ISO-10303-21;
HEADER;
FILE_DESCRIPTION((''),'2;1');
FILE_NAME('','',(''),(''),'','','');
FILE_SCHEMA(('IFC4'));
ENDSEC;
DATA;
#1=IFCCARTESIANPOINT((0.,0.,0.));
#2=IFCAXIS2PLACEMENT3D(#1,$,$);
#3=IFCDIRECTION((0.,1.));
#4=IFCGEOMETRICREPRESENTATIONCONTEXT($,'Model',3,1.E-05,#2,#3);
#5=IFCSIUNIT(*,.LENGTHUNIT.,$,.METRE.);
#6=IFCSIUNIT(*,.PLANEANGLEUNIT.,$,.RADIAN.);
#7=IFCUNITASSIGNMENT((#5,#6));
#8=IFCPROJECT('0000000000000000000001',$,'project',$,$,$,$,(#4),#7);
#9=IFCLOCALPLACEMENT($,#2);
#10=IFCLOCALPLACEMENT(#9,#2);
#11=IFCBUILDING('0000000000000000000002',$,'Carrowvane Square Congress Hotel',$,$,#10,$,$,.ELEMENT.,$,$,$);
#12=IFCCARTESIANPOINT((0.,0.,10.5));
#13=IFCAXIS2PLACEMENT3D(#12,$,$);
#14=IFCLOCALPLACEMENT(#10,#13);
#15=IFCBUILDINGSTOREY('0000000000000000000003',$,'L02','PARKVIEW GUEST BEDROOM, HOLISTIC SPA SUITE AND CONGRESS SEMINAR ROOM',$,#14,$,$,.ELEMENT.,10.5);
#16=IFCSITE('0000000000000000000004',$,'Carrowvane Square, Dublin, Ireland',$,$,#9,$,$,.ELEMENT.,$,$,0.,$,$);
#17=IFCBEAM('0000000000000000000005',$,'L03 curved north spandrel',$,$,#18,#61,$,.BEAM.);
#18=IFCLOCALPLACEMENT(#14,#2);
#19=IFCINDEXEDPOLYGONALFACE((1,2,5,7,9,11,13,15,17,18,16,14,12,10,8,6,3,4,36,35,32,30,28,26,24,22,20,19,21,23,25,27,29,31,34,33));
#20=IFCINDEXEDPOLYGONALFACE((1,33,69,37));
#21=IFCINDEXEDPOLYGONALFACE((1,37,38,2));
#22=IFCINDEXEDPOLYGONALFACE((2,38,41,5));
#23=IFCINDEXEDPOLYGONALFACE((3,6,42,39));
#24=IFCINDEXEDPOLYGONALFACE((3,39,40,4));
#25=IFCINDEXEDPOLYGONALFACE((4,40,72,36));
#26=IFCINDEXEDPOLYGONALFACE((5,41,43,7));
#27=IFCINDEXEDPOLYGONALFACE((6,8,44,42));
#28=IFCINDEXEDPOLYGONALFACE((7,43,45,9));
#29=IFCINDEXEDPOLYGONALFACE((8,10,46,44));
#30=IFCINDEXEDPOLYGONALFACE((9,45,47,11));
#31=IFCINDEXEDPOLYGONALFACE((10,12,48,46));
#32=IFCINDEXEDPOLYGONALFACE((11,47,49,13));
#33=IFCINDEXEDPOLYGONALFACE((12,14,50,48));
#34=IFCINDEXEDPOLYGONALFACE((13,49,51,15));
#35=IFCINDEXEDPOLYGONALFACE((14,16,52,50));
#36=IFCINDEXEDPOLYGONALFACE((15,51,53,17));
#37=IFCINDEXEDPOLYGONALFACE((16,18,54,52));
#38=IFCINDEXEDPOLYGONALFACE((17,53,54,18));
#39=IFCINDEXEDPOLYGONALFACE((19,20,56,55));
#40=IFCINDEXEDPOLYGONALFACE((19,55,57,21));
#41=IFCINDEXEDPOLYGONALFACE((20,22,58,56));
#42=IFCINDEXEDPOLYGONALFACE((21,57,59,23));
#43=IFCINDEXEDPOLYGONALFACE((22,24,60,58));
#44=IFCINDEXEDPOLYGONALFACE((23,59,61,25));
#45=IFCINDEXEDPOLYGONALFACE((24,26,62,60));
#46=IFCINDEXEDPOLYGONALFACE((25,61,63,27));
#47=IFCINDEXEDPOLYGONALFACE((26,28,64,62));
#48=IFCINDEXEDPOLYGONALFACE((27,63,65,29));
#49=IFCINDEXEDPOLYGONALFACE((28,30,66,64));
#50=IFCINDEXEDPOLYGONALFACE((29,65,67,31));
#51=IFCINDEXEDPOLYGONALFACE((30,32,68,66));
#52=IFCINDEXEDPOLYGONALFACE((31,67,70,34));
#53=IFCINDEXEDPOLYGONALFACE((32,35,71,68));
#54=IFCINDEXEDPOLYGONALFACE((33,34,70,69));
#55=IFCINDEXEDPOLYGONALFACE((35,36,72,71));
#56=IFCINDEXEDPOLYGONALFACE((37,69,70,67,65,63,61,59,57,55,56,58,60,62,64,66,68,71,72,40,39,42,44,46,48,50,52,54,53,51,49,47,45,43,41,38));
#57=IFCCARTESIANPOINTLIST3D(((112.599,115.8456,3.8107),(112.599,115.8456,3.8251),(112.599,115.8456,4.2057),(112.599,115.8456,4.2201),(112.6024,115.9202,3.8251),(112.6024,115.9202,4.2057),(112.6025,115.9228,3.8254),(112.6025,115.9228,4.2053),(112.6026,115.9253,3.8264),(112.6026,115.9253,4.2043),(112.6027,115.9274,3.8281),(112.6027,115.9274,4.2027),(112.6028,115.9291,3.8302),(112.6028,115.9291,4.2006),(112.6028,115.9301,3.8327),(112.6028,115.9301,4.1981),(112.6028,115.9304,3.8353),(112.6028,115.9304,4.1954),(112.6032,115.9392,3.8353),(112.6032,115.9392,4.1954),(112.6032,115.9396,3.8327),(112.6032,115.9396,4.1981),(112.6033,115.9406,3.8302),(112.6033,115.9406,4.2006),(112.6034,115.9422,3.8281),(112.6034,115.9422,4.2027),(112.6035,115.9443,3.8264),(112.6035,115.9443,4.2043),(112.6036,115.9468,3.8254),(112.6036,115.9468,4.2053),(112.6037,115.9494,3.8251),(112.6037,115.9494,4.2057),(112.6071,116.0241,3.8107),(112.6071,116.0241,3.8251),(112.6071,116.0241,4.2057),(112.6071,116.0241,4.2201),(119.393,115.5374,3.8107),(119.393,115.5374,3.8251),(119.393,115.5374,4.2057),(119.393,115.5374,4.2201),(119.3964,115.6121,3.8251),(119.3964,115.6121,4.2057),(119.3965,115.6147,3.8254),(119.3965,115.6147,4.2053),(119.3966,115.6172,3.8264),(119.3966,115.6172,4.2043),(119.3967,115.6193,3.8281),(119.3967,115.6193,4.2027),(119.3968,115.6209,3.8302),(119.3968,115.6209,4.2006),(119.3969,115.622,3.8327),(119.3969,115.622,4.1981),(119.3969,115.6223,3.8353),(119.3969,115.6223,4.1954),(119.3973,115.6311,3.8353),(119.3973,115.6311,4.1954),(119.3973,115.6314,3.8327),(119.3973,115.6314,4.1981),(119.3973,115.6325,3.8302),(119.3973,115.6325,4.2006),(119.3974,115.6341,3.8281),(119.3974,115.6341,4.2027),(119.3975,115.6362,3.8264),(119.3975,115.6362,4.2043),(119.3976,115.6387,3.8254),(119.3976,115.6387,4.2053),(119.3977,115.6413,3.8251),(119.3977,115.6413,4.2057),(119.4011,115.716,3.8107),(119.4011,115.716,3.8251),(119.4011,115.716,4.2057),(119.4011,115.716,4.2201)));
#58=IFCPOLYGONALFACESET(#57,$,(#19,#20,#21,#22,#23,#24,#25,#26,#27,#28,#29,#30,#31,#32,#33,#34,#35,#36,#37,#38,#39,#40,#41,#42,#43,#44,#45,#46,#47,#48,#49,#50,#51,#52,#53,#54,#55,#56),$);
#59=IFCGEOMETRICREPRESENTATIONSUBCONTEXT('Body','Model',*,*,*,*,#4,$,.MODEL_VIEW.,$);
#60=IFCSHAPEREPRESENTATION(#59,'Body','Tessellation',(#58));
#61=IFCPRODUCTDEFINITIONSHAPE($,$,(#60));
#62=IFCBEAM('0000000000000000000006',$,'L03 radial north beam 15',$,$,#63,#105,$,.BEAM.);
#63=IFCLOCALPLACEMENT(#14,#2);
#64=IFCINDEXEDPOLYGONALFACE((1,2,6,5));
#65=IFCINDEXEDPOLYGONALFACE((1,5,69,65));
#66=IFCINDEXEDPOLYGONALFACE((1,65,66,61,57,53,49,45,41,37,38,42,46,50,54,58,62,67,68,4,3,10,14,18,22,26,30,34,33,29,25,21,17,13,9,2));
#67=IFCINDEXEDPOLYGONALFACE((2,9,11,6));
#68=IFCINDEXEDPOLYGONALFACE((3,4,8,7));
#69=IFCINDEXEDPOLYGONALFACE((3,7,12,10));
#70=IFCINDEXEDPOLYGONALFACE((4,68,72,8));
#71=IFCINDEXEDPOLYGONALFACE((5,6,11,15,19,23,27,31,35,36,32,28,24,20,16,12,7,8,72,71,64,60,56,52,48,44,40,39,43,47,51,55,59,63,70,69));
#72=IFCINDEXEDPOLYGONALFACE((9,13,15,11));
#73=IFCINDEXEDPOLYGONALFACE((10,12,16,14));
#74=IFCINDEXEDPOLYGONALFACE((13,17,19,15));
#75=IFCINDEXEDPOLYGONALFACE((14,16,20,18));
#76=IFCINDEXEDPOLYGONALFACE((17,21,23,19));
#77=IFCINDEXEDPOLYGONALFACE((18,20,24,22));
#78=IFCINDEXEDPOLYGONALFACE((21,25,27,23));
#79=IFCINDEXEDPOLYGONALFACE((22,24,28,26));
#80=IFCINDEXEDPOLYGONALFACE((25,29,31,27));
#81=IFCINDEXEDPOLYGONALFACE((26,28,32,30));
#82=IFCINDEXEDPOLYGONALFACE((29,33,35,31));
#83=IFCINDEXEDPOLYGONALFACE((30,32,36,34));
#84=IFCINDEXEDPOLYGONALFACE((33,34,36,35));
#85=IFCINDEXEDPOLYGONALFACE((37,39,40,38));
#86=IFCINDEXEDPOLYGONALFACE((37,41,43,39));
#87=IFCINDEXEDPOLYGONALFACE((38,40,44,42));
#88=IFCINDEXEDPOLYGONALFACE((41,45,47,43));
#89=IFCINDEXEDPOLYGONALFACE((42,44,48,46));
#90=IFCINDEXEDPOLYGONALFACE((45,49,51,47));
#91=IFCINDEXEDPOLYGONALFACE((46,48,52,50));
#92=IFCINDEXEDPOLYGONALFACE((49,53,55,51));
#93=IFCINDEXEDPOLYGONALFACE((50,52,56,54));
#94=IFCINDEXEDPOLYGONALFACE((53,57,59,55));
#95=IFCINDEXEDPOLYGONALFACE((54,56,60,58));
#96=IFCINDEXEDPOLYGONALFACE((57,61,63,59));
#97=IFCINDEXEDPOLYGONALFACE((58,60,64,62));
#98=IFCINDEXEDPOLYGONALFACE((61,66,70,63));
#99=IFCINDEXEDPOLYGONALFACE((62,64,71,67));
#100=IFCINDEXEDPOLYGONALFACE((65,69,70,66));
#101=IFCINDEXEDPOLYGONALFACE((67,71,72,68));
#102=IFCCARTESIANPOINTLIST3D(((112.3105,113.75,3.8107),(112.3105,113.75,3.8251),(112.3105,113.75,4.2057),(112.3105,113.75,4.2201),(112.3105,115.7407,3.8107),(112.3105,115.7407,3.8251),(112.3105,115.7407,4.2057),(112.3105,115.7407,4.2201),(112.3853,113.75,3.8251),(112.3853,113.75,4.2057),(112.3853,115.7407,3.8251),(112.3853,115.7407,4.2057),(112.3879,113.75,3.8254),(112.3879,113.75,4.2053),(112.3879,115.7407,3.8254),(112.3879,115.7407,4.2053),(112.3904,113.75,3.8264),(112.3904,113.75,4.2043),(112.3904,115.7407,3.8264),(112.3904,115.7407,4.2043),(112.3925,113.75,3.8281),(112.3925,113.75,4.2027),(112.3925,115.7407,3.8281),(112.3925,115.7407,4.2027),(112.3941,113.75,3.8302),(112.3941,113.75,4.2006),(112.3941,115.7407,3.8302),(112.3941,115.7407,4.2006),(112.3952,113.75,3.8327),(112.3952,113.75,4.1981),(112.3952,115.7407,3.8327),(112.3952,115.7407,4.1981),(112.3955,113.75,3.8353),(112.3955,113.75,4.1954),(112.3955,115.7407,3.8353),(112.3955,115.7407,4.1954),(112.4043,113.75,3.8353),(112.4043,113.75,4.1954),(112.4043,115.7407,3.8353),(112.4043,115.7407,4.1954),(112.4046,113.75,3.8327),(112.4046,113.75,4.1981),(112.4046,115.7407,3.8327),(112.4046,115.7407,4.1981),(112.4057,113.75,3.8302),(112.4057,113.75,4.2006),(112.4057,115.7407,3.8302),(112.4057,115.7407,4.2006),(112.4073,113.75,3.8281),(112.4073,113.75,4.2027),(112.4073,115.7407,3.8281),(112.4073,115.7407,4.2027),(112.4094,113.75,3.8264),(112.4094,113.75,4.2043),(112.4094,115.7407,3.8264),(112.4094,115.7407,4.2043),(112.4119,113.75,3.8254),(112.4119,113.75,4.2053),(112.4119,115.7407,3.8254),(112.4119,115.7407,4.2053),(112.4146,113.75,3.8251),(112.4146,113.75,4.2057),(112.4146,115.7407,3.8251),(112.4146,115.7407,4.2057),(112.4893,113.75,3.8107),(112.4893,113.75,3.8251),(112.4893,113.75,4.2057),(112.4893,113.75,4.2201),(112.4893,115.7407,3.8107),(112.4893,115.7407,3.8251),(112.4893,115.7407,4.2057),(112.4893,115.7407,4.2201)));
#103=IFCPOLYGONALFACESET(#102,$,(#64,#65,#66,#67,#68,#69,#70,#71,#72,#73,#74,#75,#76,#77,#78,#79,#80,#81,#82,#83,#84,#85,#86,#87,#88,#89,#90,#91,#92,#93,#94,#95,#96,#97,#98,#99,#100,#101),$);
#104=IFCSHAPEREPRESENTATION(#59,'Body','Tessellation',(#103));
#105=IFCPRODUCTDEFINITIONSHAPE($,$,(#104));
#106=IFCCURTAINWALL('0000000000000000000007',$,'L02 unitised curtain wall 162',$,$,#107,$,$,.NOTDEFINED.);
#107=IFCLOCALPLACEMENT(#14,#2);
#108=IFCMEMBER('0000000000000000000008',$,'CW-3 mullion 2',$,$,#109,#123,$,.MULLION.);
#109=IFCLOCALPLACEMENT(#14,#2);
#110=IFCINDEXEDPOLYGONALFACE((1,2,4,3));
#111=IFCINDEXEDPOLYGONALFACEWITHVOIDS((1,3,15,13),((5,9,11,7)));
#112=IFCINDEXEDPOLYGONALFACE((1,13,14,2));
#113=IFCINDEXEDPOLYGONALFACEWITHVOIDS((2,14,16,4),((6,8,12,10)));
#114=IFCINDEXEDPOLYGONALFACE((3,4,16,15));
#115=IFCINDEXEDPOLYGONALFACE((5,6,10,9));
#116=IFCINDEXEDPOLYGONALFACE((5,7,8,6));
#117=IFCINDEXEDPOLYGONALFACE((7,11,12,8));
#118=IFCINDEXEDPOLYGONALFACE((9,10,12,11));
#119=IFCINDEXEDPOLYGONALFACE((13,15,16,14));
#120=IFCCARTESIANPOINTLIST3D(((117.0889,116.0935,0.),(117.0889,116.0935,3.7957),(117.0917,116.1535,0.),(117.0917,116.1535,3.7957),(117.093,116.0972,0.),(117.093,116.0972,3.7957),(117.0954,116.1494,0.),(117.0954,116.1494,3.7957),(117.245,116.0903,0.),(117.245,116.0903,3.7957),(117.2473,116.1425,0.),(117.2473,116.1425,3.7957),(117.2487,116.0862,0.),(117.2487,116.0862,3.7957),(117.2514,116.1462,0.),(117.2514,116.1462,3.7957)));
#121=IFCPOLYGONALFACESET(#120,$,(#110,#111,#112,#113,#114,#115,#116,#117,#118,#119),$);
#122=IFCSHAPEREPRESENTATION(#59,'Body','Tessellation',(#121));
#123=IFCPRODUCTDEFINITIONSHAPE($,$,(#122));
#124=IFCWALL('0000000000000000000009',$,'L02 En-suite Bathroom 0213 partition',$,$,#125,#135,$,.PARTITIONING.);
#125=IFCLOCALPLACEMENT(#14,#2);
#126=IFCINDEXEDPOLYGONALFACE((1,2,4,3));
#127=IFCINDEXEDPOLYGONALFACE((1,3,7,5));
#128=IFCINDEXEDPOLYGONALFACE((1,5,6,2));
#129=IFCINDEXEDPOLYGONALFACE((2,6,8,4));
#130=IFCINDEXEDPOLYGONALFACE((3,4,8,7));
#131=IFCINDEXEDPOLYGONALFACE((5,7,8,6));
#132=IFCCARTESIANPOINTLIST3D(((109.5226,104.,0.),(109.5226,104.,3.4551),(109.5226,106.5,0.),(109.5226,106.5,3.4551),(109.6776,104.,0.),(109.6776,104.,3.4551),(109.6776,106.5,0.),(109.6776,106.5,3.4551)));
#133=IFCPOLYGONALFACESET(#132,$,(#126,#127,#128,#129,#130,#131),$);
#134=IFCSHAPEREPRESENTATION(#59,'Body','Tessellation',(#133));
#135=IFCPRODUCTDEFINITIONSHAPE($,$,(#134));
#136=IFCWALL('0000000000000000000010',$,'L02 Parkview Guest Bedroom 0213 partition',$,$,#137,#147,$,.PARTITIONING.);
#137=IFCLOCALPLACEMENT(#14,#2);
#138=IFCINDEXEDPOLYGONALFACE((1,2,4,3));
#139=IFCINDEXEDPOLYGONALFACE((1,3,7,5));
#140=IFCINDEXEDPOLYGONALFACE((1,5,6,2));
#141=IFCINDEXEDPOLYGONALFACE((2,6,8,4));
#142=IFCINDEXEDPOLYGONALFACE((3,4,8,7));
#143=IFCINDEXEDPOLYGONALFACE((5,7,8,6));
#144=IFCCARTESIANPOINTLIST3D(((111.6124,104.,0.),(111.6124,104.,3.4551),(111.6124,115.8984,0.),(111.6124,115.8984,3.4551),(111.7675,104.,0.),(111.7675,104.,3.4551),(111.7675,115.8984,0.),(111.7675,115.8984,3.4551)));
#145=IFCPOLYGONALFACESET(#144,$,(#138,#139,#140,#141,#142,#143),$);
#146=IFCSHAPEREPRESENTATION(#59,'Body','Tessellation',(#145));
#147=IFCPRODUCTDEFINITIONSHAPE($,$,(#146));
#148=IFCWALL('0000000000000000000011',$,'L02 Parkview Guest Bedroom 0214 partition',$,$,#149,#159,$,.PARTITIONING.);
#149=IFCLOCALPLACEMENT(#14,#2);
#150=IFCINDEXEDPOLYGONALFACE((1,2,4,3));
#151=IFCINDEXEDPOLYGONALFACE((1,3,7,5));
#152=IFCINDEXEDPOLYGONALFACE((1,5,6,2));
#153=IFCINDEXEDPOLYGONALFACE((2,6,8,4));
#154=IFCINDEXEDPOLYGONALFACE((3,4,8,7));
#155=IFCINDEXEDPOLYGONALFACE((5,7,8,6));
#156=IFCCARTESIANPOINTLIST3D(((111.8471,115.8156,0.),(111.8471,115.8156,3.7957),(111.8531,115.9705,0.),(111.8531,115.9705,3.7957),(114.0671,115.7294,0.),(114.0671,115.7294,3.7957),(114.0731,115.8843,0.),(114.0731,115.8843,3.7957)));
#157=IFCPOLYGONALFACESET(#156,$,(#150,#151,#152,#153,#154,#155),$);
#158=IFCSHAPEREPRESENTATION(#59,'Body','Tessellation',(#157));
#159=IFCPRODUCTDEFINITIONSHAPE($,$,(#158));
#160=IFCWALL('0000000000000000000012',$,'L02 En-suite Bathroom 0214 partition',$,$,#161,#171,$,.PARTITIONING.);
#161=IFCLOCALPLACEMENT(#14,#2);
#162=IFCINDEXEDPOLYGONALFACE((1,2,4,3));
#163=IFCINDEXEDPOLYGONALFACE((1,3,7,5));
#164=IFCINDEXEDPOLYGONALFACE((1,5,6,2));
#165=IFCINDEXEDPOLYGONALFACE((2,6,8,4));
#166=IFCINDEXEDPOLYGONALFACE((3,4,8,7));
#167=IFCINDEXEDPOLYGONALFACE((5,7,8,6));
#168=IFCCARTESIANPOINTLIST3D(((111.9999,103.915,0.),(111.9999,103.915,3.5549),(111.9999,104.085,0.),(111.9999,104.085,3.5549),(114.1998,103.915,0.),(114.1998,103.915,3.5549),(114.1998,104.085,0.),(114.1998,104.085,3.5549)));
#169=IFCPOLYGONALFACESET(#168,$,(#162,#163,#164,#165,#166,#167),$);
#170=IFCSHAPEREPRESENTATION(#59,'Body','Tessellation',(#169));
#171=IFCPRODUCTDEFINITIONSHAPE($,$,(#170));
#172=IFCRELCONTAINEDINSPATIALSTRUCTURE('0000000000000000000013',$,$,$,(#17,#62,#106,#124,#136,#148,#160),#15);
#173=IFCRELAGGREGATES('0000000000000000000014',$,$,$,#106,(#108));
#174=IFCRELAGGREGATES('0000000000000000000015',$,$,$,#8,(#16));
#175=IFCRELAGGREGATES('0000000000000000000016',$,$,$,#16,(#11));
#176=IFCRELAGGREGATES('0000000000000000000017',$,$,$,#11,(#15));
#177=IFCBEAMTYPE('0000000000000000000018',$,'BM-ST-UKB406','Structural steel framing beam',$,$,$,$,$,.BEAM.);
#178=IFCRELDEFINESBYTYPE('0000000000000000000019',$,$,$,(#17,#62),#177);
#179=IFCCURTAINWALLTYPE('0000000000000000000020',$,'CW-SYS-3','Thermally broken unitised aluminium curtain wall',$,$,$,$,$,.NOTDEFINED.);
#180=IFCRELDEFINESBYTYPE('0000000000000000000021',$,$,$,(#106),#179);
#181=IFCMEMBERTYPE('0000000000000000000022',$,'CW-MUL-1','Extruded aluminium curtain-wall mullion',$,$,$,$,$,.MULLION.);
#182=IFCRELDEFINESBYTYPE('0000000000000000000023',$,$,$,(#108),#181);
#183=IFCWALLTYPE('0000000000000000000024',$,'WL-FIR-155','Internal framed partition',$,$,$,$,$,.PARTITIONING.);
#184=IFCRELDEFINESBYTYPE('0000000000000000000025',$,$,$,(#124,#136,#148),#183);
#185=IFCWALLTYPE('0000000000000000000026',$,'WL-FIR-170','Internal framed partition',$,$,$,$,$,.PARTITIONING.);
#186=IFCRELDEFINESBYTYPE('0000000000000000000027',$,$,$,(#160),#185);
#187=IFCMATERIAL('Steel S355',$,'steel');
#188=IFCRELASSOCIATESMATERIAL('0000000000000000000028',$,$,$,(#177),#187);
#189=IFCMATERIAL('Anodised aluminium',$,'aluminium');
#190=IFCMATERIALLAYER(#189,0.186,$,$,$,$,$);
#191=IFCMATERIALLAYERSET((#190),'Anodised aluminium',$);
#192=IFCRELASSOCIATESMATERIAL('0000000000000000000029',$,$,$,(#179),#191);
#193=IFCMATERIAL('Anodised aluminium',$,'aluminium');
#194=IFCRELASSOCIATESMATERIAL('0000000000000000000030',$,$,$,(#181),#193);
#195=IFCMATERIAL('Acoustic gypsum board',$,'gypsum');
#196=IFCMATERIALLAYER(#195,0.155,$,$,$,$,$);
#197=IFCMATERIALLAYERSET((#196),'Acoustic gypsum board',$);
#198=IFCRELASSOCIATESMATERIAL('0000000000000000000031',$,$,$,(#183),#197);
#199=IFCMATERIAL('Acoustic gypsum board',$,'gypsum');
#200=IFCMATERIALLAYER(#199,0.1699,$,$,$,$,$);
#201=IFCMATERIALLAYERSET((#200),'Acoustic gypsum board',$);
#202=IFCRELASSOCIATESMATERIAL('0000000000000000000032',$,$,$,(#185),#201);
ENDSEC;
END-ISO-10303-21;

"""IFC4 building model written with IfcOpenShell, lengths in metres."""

from ifc_helpers import new_model, si_unit, direction, frame, frame_2d, origin, origin_2d, place, context, subcontext, project, spatial, rectangle, hollow_rectangle, i_section, extrude, material, layer, layer_set, material_profile, profile_set, type_object, element, aggregate, save


model = new_model("IFC4")

# Units and contexts
model_context = context("Model", 3, precision=1e-05, world=origin(), true_north=direction((0.0, 1.0)))
body_context = subcontext(model_context, "Body", "Model", "MODEL_VIEW")
ifc_project = project(units=[si_unit("LENGTHUNIT", "METRE"), si_unit("PLANEANGLEUNIT", "RADIAN")], contexts=[model_context])

# Site, building, storey
site_placement = place(None, origin())
site = spatial("IfcSite", under=ifc_project, at=site_placement, Name="Carrowvane Square, Dublin, Ireland", CompositionType="ELEMENT", RefElevation=0.0)
building_placement = place(site_placement, origin())
building = spatial("IfcBuilding", under=site, at=building_placement, Name="Carrowvane Square Congress Hotel", CompositionType="ELEMENT")
storey_placement = place(building_placement, frame((0.0, 0.0, 10.5)))
storey = spatial("IfcBuildingStorey", under=building, at=storey_placement, Name="L02", Description="PARKVIEW GUEST BEDROOM, HOLISTIC SPA SUITE AND CONGRESS SEMINAR ROOM", CompositionType="ELEMENT", Elevation=10.5)

# Beams
ifc_material_1 = material(Name="Steel S355", Category="steel")
ifc_material_profile_1 = material_profile(ifc_material_1, i_section(OverallWidth=0.1787, OverallDepth=0.4094, WebThickness=0.0088, FlangeThickness=0.0144, FilletRadius=0.0103, at=origin_2d()), Name="UKB 406x178x67")
ifc_profile_set_1 = profile_set([ifc_material_profile_1], Name="Steel S355")
beam_type_1 = type_object("IfcBeamType", Name="BM-ST-UKB406", Description="Structural steel framing beam", PredefinedType="BEAM", material=ifc_profile_set_1)
beam_1_placement = place(storey_placement, frame((112.603, 115.9348, 4.0154), z_axis=(0.998973, -0.045303, 0.0), x_axis=(0.045303, 0.998973, 0.0)))
element("IfcBeam", 1, at=beam_1_placement, inside=storey, type_object=beam_type_1, Name="L03 curved north spandrel", PredefinedType="BEAM", context=body_context, shape_type="SweptSolid", body=[
    extrude(i_section(OverallWidth=0.1787, OverallDepth=0.4094, WebThickness=0.0088, FlangeThickness=0.0144, FilletRadius=0.0103, at=origin_2d()), origin(), (0.0, 0.0, 1.0), 6.801),
])
beam_2_placement = place(storey_placement, frame((112.3999, 113.75, 4.0154), z_axis=(0.0, 1.0, 0.0), x_axis=(-1.0, 0.0, 0.0)))
element("IfcBeam", 2, at=beam_2_placement, inside=storey, type_object=beam_type_1, Name="L03 radial north beam 15", PredefinedType="BEAM", context=body_context, shape_type="SweptSolid", body=[
    extrude(i_section(OverallWidth=0.1787, OverallDepth=0.4094, WebThickness=0.0088, FlangeThickness=0.0144, FilletRadius=0.0103, at=origin_2d()), origin(), (0.0, 0.0, 1.0), 1.9907),
])

# Curtain wall, member
ifc_material_2 = material(Name="Anodised aluminium", Category="aluminium")
ifc_layer_1 = layer(ifc_material_2, 0.186)
ifc_layer_set_1 = layer_set([ifc_layer_1], Name="Anodised aluminium")
curtain_wall_type = type_object("IfcCurtainWallType", Name="CW-SYS-3", Description="Thermally broken unitised aluminium curtain wall", PredefinedType="NOTDEFINED", material=ifc_layer_set_1)
curtain_wall_placement = place(storey_placement, origin())
curtain_wall = element("IfcCurtainWall", 3, at=curtain_wall_placement, inside=storey, type_object=curtain_wall_type, Name="L02 unitised curtain wall 162", PredefinedType="NOTDEFINED")
ifc_material_3 = material(Name="Anodised aluminium", Category="aluminium")
ifc_material_profile_2 = material_profile(ifc_material_3, hollow_rectangle(XDim=0.0601, YDim=0.1599, WallThickness=0.0039, at=origin_2d()), Name="CW-ML 60x160x4")
ifc_profile_set_2 = profile_set([ifc_material_profile_2], Name="Anodised aluminium")
member_type = type_object("IfcMemberType", Name="CW-MUL-1", Description="Extruded aluminium curtain-wall mullion", PredefinedType="MULLION", material=ifc_profile_set_2)
member_placement = place(storey_placement, frame((117.1702, 116.1199, 0.0), z_axis=(0.0, 0.0, 1.0), x_axis=(0.045411, 0.998968, 0.0)))
member = element("IfcMember", 4, at=member_placement, type_object=member_type, Name="CW-3 mullion 2", PredefinedType="MULLION", context=body_context, shape_type="SweptSolid", body=[
    extrude(hollow_rectangle(XDim=0.0601, YDim=0.1599, WallThickness=0.0039, at=origin_2d()), origin(), (0.0, 0.0, 1.0), 3.7957),
])
aggregate(curtain_wall, [member])

# Walls
ifc_material_4 = material(Name="Acoustic gypsum board", Category="gypsum")
ifc_layer_2 = layer(ifc_material_4, 0.155)
ifc_layer_set_2 = layer_set([ifc_layer_2], Name="Acoustic gypsum board")
wall_type_1 = type_object("IfcWallType", Name="WL-FIR-155", Description="Internal framed partition", PredefinedType="PARTITIONING", material=ifc_layer_set_2)
wall_1_placement = place(storey_placement, frame((109.6001, 106.5, 0.0), z_axis=(0.0, 0.0, 1.0), x_axis=(0.0, -1.0, 0.0)))
element("IfcWall", 5, at=wall_1_placement, inside=storey, type_object=wall_type_1, Name="L02 En-suite Bathroom 0213 partition", PredefinedType="PARTITIONING", context=body_context, shape_type="SweptSolid", body=[
    extrude(rectangle(XDim=2.5, YDim=0.155, at=frame_2d((1.25, 0.0))), origin(), (0.0, 0.0, 1.0), 3.4551),
])
wall_2_placement = place(storey_placement, frame((111.6899, 115.8984, 0.0), z_axis=(0.0, 0.0, 1.0), x_axis=(0.0, -1.0, 0.0)))
element("IfcWall", 6, at=wall_2_placement, inside=storey, type_object=wall_type_1, Name="L02 Parkview Guest Bedroom 0213 partition", PredefinedType="PARTITIONING", context=body_context, shape_type="SweptSolid", body=[
    extrude(rectangle(XDim=11.8984, YDim=0.155, at=frame_2d((5.9492, 0.0))), origin(), (0.0, 0.0, 1.0), 3.4551),
])
wall_3_placement = place(storey_placement, frame((111.8501, 115.8931, 0.0), z_axis=(0.0, 0.0, 1.0), x_axis=(0.999247, -0.038792, 0.0)))
element("IfcWall", 7, at=wall_3_placement, inside=storey, type_object=wall_type_1, Name="L02 Parkview Guest Bedroom 0214 partition", PredefinedType="PARTITIONING", context=body_context, shape_type="SweptSolid", body=[
    extrude(rectangle(XDim=2.2217, YDim=0.155, at=frame_2d((1.1108, 0.0))), origin(), (0.0, 0.0, 1.0), 3.7957),
])
ifc_material_5 = material(Name="Acoustic gypsum board", Category="gypsum")
ifc_layer_3 = layer(ifc_material_5, 0.1699)
ifc_layer_set_3 = layer_set([ifc_layer_3], Name="Acoustic gypsum board")
wall_type_2 = type_object("IfcWallType", Name="WL-FIR-170", Description="Internal framed partition", PredefinedType="PARTITIONING", material=ifc_layer_set_3)
wall_4_placement = place(storey_placement, frame((114.2, 104.0, 0.0), z_axis=(0.0, 0.0, 1.0), x_axis=(-1.0, 0.0, 0.0)))
element("IfcWall", 8, at=wall_4_placement, inside=storey, type_object=wall_type_2, Name="L02 En-suite Bathroom 0214 partition", PredefinedType="PARTITIONING", context=body_context, shape_type="SweptSolid", body=[
    extrude(rectangle(XDim=2.2, YDim=0.1699, at=frame_2d((1.1001, 0.0))), origin(), (0.0, 0.0, 1.0), 3.5549),
])

save(model, "model.ifc")
